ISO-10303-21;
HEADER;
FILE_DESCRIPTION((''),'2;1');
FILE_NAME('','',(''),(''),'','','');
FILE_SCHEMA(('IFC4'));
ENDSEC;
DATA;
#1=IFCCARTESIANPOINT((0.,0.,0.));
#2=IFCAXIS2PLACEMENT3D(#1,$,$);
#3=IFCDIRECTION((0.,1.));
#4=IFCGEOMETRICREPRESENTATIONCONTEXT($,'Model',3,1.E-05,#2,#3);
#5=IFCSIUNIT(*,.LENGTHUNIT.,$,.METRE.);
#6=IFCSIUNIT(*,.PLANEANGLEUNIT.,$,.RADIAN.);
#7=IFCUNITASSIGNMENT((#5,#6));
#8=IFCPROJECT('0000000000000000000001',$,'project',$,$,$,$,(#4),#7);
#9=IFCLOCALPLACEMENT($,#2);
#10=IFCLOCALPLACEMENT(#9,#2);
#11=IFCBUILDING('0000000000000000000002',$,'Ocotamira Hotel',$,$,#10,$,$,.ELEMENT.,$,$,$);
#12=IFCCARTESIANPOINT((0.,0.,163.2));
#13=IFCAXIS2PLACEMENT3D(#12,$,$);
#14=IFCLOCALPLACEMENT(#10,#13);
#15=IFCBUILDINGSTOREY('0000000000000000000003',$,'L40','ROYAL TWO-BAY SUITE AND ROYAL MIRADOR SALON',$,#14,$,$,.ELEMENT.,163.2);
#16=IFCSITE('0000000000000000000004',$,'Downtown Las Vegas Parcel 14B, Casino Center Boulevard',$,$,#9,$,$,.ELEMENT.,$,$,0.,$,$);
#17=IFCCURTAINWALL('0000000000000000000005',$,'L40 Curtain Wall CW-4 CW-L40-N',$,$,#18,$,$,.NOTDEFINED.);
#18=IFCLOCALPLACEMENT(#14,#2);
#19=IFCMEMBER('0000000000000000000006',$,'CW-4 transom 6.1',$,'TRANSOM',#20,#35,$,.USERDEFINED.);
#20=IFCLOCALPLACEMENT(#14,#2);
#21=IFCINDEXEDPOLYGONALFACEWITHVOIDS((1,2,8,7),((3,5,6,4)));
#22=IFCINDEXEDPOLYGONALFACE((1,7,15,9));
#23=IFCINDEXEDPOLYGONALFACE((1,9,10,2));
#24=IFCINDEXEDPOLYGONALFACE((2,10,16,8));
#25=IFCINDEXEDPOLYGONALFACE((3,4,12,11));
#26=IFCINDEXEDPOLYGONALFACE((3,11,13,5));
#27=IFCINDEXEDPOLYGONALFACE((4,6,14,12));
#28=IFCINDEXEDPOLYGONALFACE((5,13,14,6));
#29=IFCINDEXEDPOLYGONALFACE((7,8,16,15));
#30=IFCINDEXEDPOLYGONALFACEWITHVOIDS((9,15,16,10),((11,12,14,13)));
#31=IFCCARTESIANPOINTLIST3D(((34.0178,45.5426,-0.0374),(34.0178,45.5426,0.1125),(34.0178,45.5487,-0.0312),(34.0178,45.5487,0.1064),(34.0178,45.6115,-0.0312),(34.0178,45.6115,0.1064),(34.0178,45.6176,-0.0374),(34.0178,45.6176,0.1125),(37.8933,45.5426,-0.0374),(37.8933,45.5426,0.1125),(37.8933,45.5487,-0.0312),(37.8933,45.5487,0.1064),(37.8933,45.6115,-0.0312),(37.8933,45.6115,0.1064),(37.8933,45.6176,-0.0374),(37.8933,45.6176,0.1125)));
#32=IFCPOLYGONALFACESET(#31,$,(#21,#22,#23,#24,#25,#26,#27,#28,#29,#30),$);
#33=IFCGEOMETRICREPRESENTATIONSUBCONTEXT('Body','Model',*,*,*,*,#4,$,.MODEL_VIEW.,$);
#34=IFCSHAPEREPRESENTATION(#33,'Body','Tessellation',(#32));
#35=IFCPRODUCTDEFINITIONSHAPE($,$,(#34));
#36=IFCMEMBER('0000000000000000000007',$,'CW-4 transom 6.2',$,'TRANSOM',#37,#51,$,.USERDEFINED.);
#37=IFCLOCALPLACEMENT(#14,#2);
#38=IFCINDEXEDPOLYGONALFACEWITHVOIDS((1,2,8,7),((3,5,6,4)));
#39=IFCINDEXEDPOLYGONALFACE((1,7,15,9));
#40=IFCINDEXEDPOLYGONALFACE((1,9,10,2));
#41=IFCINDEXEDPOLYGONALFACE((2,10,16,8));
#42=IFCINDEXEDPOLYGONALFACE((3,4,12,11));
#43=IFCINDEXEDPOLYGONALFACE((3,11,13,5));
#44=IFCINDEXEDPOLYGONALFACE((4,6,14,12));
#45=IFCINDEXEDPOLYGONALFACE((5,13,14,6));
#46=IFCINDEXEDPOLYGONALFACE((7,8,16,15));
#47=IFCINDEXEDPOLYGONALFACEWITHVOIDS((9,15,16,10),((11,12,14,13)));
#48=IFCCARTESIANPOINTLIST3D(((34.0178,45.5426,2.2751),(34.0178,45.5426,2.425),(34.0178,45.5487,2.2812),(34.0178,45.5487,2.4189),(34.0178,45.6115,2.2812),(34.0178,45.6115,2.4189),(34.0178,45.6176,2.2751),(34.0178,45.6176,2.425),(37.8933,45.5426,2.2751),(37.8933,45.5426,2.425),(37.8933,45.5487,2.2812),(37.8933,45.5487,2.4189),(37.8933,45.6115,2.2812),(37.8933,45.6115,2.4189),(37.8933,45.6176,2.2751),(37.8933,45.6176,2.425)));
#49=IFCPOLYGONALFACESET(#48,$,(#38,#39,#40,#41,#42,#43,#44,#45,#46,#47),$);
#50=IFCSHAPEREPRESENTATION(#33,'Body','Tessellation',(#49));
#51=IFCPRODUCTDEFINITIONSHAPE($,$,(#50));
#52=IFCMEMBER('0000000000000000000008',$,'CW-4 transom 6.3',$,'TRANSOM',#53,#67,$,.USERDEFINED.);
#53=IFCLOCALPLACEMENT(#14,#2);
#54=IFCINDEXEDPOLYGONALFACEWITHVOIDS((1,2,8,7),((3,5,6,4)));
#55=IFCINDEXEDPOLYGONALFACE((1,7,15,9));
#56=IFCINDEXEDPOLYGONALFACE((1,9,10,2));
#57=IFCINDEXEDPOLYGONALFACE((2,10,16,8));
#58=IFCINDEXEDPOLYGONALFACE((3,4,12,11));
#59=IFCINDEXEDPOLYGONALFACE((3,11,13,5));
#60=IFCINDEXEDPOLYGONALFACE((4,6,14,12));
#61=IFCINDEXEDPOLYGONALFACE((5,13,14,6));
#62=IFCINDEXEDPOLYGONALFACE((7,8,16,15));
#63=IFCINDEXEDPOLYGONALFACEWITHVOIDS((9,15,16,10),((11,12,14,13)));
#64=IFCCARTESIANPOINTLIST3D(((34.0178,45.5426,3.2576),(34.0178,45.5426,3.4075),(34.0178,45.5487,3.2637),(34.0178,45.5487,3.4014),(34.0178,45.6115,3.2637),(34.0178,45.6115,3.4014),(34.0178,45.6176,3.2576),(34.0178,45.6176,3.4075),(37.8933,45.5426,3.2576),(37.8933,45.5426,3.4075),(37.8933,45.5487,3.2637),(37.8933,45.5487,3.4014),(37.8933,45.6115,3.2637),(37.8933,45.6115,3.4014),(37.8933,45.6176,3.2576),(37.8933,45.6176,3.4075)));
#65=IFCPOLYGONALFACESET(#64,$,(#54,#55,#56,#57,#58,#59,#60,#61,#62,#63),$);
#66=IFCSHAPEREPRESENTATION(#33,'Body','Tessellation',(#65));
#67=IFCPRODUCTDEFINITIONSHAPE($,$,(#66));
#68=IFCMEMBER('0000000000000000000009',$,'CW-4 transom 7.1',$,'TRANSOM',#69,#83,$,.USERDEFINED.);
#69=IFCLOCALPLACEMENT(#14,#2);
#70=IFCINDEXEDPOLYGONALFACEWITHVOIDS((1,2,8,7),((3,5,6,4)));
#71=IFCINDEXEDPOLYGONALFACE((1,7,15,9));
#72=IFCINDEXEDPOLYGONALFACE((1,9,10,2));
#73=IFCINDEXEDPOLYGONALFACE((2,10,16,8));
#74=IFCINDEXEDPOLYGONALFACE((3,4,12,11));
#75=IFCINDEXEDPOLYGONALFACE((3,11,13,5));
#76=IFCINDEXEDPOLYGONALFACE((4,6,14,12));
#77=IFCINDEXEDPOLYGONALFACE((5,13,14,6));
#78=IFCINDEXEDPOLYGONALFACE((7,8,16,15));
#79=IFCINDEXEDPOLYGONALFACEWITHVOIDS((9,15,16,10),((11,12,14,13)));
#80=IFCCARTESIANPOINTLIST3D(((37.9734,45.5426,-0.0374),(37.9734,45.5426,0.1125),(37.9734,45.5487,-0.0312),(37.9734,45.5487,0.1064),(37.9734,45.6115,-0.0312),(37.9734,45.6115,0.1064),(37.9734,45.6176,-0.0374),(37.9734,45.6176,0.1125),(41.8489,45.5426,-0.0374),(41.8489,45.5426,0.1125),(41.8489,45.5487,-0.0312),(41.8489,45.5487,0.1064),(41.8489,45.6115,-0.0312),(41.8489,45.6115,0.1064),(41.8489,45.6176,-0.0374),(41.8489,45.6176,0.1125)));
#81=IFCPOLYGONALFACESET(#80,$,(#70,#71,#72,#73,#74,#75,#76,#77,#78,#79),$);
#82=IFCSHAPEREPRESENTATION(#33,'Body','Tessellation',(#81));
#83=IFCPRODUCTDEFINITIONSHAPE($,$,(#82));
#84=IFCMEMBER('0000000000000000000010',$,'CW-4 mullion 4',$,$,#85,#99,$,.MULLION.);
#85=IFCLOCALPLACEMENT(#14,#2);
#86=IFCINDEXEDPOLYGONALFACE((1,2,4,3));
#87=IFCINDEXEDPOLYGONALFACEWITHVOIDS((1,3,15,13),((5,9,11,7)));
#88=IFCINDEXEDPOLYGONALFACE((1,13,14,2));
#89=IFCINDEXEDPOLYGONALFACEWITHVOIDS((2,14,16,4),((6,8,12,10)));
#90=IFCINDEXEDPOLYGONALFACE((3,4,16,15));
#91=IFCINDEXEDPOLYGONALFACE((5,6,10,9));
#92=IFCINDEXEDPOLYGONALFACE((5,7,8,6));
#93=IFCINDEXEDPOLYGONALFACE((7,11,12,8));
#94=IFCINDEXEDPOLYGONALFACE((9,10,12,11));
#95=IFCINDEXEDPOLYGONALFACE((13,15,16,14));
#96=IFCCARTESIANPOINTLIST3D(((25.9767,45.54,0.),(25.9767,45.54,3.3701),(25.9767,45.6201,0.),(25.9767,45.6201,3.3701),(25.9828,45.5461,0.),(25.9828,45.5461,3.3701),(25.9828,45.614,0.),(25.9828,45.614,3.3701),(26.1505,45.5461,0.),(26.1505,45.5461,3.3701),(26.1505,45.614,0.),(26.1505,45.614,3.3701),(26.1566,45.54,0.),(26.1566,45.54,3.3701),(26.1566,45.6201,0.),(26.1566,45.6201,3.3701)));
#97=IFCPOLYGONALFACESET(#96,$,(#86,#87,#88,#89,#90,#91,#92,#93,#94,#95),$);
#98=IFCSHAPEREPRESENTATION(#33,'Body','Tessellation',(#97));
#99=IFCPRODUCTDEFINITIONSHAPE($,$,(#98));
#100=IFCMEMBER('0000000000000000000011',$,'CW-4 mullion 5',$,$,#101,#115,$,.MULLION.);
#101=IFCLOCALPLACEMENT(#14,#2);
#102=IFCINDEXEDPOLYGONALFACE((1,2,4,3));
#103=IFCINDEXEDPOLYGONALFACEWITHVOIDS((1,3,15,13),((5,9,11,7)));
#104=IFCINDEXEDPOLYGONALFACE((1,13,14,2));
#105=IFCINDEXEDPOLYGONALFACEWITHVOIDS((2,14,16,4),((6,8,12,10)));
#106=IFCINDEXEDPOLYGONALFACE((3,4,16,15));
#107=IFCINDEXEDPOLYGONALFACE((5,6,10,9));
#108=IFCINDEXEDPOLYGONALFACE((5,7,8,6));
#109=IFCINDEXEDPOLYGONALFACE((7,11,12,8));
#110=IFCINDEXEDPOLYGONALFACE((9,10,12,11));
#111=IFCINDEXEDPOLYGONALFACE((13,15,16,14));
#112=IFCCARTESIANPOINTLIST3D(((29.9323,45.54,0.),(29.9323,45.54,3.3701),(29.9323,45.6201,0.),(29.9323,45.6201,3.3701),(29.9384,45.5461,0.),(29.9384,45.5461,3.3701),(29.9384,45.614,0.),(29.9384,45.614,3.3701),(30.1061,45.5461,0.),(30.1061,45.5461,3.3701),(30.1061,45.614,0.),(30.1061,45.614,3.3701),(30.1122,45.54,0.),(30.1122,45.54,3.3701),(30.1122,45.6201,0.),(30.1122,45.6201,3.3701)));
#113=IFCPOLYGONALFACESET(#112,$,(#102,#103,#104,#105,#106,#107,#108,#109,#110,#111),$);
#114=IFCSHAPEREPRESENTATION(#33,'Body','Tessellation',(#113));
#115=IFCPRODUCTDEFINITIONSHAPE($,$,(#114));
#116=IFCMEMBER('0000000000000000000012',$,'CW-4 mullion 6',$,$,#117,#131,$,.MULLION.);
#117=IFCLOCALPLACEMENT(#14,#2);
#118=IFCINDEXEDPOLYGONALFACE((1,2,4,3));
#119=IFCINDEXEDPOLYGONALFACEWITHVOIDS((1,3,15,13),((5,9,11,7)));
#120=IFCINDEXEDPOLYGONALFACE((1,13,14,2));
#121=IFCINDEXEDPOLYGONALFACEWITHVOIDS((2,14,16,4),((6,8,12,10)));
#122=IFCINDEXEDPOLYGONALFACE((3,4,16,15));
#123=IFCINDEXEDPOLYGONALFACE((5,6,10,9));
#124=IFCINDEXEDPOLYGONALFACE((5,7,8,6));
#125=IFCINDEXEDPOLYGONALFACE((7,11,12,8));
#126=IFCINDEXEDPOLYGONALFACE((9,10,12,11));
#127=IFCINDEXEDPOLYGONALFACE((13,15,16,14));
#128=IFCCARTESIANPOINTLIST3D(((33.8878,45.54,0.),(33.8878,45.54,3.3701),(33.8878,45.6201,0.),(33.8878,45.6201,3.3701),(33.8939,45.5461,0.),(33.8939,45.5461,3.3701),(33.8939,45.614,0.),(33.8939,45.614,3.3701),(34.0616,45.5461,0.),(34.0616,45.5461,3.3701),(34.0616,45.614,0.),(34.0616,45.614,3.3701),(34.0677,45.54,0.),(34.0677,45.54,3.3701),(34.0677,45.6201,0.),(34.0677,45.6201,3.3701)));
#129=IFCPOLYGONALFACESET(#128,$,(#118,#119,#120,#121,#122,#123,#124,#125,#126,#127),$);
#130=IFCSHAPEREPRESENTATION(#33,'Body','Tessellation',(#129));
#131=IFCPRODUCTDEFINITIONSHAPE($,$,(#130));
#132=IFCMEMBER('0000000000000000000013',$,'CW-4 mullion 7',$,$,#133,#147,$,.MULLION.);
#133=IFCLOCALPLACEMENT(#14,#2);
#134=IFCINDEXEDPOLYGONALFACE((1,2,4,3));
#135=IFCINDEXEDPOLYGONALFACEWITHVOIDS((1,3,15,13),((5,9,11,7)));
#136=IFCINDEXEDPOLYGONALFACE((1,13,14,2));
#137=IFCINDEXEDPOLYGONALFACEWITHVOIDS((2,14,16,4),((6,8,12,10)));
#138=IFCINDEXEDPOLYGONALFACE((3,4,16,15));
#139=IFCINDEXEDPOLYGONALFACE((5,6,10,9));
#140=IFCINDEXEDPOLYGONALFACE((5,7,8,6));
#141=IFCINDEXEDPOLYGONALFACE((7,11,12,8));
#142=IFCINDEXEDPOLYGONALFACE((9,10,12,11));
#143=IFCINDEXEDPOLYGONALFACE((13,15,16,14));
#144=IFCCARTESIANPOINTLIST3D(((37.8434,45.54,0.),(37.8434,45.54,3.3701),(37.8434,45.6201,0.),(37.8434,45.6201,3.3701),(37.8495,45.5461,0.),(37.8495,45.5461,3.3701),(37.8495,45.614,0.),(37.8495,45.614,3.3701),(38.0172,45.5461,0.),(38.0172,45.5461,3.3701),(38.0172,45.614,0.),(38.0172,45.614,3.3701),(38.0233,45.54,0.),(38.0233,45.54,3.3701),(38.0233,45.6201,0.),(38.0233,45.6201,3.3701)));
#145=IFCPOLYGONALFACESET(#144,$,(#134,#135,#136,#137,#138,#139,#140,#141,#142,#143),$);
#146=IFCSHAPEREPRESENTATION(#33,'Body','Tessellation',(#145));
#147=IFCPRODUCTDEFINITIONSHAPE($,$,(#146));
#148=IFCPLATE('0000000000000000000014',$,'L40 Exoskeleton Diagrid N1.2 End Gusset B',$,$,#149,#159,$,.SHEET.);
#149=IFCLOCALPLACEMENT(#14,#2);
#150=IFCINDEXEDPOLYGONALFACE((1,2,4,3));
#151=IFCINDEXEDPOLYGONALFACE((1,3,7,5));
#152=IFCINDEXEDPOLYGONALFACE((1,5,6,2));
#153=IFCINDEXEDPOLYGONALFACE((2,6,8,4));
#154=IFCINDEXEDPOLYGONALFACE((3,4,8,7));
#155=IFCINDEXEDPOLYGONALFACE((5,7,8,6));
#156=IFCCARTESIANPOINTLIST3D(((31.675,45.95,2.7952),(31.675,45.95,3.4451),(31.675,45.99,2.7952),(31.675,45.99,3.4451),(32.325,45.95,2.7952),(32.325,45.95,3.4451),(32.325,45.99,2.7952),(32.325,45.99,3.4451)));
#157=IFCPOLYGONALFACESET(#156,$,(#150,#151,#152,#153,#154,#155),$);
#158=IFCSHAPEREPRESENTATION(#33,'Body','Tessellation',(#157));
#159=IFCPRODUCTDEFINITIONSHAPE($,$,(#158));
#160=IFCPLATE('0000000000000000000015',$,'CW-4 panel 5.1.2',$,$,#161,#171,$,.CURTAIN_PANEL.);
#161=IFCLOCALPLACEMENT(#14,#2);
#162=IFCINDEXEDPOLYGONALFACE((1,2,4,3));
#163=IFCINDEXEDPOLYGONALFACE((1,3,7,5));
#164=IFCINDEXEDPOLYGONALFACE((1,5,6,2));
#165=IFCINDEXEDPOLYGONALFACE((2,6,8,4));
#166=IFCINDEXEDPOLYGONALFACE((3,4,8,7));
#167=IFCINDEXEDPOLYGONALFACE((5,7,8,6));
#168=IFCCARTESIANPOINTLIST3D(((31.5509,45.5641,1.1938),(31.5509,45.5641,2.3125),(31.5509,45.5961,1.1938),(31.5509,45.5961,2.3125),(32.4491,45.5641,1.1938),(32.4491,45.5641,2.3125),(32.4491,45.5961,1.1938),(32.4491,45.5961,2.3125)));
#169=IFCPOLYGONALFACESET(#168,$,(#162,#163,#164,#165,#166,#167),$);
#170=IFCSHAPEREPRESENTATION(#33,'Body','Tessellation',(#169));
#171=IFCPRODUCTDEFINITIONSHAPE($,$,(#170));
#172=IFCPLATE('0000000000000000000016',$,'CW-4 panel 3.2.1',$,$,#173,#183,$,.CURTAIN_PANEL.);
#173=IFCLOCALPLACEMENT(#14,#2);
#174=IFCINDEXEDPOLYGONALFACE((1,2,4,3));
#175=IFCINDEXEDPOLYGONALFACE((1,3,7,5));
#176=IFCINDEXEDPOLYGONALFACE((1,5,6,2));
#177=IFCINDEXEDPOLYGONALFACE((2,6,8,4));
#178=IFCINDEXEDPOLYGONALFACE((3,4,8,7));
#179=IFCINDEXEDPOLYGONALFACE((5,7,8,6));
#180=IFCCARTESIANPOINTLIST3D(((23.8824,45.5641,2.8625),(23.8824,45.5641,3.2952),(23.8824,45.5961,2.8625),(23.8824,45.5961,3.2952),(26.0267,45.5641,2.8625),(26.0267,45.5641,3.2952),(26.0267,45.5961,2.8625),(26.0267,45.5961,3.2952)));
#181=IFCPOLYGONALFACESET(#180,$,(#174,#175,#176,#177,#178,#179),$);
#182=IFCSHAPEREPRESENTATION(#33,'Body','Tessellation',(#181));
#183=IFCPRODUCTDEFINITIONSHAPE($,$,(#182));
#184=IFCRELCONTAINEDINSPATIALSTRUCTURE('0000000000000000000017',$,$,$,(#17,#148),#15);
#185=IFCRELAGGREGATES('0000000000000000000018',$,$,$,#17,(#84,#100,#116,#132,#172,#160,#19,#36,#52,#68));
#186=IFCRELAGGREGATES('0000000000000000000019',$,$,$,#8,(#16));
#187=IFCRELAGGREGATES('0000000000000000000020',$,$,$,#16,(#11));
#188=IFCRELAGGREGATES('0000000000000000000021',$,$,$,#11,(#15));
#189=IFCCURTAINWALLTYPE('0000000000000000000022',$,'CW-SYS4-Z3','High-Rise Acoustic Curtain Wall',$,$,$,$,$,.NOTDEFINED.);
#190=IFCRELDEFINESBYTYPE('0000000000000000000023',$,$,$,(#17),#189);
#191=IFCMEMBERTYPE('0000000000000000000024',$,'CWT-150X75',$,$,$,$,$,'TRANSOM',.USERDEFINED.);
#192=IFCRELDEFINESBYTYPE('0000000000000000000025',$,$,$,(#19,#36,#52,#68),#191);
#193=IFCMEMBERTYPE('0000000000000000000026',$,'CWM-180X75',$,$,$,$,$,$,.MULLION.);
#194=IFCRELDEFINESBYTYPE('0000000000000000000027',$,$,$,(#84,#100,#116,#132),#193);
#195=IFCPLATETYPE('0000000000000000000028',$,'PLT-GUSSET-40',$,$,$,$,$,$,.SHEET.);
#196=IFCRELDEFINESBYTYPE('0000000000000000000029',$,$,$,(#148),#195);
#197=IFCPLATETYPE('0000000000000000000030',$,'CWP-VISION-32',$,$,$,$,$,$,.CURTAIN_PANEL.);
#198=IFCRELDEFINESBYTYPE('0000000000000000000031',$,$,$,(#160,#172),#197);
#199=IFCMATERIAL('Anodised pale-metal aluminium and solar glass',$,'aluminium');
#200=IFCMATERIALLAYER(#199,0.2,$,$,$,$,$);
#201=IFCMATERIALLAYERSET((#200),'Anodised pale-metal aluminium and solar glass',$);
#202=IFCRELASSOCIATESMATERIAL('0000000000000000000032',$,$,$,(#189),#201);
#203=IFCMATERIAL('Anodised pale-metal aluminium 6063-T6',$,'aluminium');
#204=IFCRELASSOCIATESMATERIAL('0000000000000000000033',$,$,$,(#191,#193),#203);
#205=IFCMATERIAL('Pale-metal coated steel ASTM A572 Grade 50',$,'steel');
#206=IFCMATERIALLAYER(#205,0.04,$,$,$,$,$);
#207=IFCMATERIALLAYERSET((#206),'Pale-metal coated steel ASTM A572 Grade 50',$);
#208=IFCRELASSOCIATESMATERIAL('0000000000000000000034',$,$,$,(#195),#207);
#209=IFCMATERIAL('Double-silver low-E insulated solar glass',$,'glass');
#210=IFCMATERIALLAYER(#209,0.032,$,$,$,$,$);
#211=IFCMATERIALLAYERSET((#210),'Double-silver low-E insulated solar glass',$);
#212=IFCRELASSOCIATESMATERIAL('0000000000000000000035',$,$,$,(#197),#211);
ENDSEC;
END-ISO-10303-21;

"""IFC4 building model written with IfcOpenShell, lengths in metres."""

from ifc_helpers import new_model, si_unit, direction, frame, origin, origin_2d, place, context, subcontext, project, spatial, rectangle, hollow_rectangle, extrude, source, transform, mapped, material, layer, layer_set, material_profile, profile_set, type_object, element, aggregate, save


model = new_model("IFC4")

# Units and contexts
model_context = context("Model", 3, precision=1e-05, world=origin(), true_north=direction((0.0, 1.0)))
body_context = subcontext(model_context, "Body", "Model", "MODEL_VIEW")
ifc_project = project(units=[si_unit("LENGTHUNIT", "METRE"), si_unit("PLANEANGLEUNIT", "RADIAN")], contexts=[model_context])

# Site, building, storey
site_placement = place(None, origin())
site = spatial("IfcSite", under=ifc_project, at=site_placement, Name="Downtown Las Vegas Parcel 14B, Casino Center Boulevard", CompositionType="ELEMENT", RefElevation=0.0)
building_placement = place(site_placement, origin())
building = spatial("IfcBuilding", under=site, at=building_placement, Name="Ocotamira Hotel", CompositionType="ELEMENT")
storey_placement = place(building_placement, frame((0.0, 0.0, 163.2)))
storey = spatial("IfcBuildingStorey", under=building, at=storey_placement, Name="L40", Description="ROYAL TWO-BAY SUITE AND ROYAL MIRADOR SALON", CompositionType="ELEMENT", Elevation=163.2)

# Curtain wall, members
ifc_material_1 = material(Name="Anodised pale-metal aluminium and solar glass", Category="aluminium")
ifc_layer_1 = layer(ifc_material_1, 0.2)
ifc_layer_set_1 = layer_set([ifc_layer_1], Name="Anodised pale-metal aluminium and solar glass")
curtain_wall_type = type_object("IfcCurtainWallType", Name="CW-SYS4-Z3", Description="High-Rise Acoustic Curtain Wall", PredefinedType="NOTDEFINED", material=ifc_layer_set_1)
curtain_wall_placement = place(storey_placement, origin())
curtain_wall = element("IfcCurtainWall", 1, at=curtain_wall_placement, inside=storey, type_object=curtain_wall_type, Name="L40 Curtain Wall CW-4 CW-L40-N", PredefinedType="NOTDEFINED")
ifc_material_2 = material(Name="Anodised pale-metal aluminium 6063-T6", Category="aluminium")
ifc_material_profile_1 = material_profile(ifc_material_2, hollow_rectangle(XDim=0.075, YDim=0.1499, WallThickness=0.0061, at=origin_2d()), Name="HSS150X75X6")
ifc_profile_set_1 = profile_set([ifc_material_profile_1], Name="Anodised pale-metal aluminium 6063-T6")
member_type_1 = type_object("IfcMemberType", Name="CWT-150X75", ElementType="TRANSOM", PredefinedType="USERDEFINED", material=ifc_profile_set_1)
shared_shape_1 = source(origin(), body_context, "Body", "SweptSolid", [
    extrude(hollow_rectangle(XDim=0.075, YDim=0.1499, WallThickness=0.0061, at=origin_2d()), origin(), (0.0, 0.0, 1.0), 3.8755),
])
member_1_placement = place(storey_placement, frame((34.0178, 45.5801, 0.0376), z_axis=(1.0, 0.0, 0.0), x_axis=(0.0, 1.0, 0.0)))
member_1 = element("IfcMember", 2, at=member_1_placement, type_object=member_type_1, Name="CW-4 transom 6.1", ObjectType="TRANSOM", PredefinedType="USERDEFINED", context=body_context, shape_type="MappedRepresentation", body=[
    mapped(shared_shape_1, transform((0.0, 0.0, 0.0), scale=1.0)),
])
member_2_placement = place(storey_placement, frame((34.0178, 45.5801, 2.3501), z_axis=(1.0, 0.0, 0.0), x_axis=(0.0, 1.0, 0.0)))
member_2 = element("IfcMember", 3, at=member_2_placement, type_object=member_type_1, Name="CW-4 transom 6.2", ObjectType="TRANSOM", PredefinedType="USERDEFINED", context=body_context, shape_type="MappedRepresentation", body=[
    mapped(shared_shape_1, transform((0.0, 0.0, 0.0), scale=1.0)),
])
member_3_placement = place(storey_placement, frame((34.0178, 45.5801, 3.3325), z_axis=(1.0, 0.0, 0.0), x_axis=(0.0, 1.0, 0.0)))
member_3 = element("IfcMember", 4, at=member_3_placement, type_object=member_type_1, Name="CW-4 transom 6.3", ObjectType="TRANSOM", PredefinedType="USERDEFINED", context=body_context, shape_type="MappedRepresentation", body=[
    mapped(shared_shape_1, transform((0.0, 0.0, 0.0), scale=1.0)),
])
member_4_placement = place(storey_placement, frame((37.9734, 45.5801, 0.0376), z_axis=(1.0, 0.0, 0.0), x_axis=(0.0, 1.0, 0.0)))
member_4 = element("IfcMember", 5, at=member_4_placement, type_object=member_type_1, Name="CW-4 transom 7.1", ObjectType="TRANSOM", PredefinedType="USERDEFINED", context=body_context, shape_type="MappedRepresentation", body=[
    mapped(shared_shape_1, transform((0.0, 0.0, 0.0), scale=1.0)),
])
ifc_material_profile_2 = material_profile(ifc_material_2, hollow_rectangle(XDim=0.0801, YDim=0.1799, WallThickness=0.0061, at=origin_2d()), Name="HSS180X80X6")
ifc_profile_set_2 = profile_set([ifc_material_profile_2], Name="Anodised pale-metal aluminium 6063-T6")
member_type_2 = type_object("IfcMemberType", Name="CWM-180X75", PredefinedType="MULLION", material=ifc_profile_set_2)
shared_shape_2 = source(origin(), body_context, "Body", "SweptSolid", [
    extrude(hollow_rectangle(XDim=0.0801, YDim=0.1799, WallThickness=0.0061, at=origin_2d()), origin(), (0.0, 0.0, 1.0), 3.3701),
])
member_5_placement = place(storey_placement, frame((26.0667, 45.5801, 0.0), z_axis=(0.0, 0.0, 1.0), x_axis=(0.0, 1.0, 0.0)))
member_5 = element("IfcMember", 6, at=member_5_placement, type_object=member_type_2, Name="CW-4 mullion 4", PredefinedType="MULLION", context=body_context, shape_type="MappedRepresentation", body=[
    mapped(shared_shape_2, transform((0.0, 0.0, 0.0), scale=1.0)),
])
member_6_placement = place(storey_placement, frame((30.0222, 45.5801, 0.0), z_axis=(0.0, 0.0, 1.0), x_axis=(0.0, 1.0, 0.0)))
member_6 = element("IfcMember", 7, at=member_6_placement, type_object=member_type_2, Name="CW-4 mullion 5", PredefinedType="MULLION", context=body_context, shape_type="MappedRepresentation", body=[
    mapped(shared_shape_2, transform((0.0, 0.0, 0.0), scale=1.0)),
])
member_7_placement = place(storey_placement, frame((33.9778, 45.5801, 0.0), z_axis=(0.0, 0.0, 1.0), x_axis=(0.0, 1.0, 0.0)))
member_7 = element("IfcMember", 8, at=member_7_placement, type_object=member_type_2, Name="CW-4 mullion 6", PredefinedType="MULLION", context=body_context, shape_type="MappedRepresentation", body=[
    mapped(shared_shape_2, transform((0.0, 0.0, 0.0), scale=1.0)),
])
member_8_placement = place(storey_placement, frame((37.9333, 45.5801, 0.0), z_axis=(0.0, 0.0, 1.0), x_axis=(0.0, 1.0, 0.0)))
member_8 = element("IfcMember", 9, at=member_8_placement, type_object=member_type_2, Name="CW-4 mullion 7", PredefinedType="MULLION", context=body_context, shape_type="MappedRepresentation", body=[
    mapped(shared_shape_2, transform((0.0, 0.0, 0.0), scale=1.0)),
])

# Plates
ifc_material_3 = material(Name="Pale-metal coated steel ASTM A572 Grade 50", Category="steel")
ifc_layer_2 = layer(ifc_material_3, 0.04)
ifc_layer_set_2 = layer_set([ifc_layer_2], Name="Pale-metal coated steel ASTM A572 Grade 50")
plate_type_1 = type_object("IfcPlateType", Name="PLT-GUSSET-40", PredefinedType="SHEET", material=ifc_layer_set_2)
shared_shape_3 = source(origin(), body_context, "Body", "SweptSolid", [
    extrude(rectangle(XDim=0.6499, YDim=0.04, at=origin_2d()), origin(), (0.0, 0.0, 1.0), 0.6499),
])
plate_1_placement = place(storey_placement, frame((32.0, 45.97, 2.7952), z_axis=(0.0, 0.0, 1.0), x_axis=(1.0, 0.0, 0.0)))
element("IfcPlate", 10, at=plate_1_placement, inside=storey, type_object=plate_type_1, Name="L40 Exoskeleton Diagrid N1.2 End Gusset B", PredefinedType="SHEET", context=body_context, shape_type="MappedRepresentation", body=[
    mapped(shared_shape_3, transform((0.0, 0.0, 0.0), scale=1.0)),
])
ifc_material_4 = material(Name="Double-silver low-E insulated solar glass", Category="glass")
ifc_layer_3 = layer(ifc_material_4, 0.032)
ifc_layer_set_3 = layer_set([ifc_layer_3], Name="Double-silver low-E insulated solar glass")
plate_type_2 = type_object("IfcPlateType", Name="CWP-VISION-32", PredefinedType="CURTAIN_PANEL", material=ifc_layer_set_3)
shared_shape_4 = source(origin(), body_context, "Body", "SweptSolid", [
    extrude(rectangle(XDim=0.8982, YDim=0.032, at=origin_2d()), origin(), (0.0, 0.0, 1.0), 1.1187),
])
plate_2_placement = place(storey_placement, frame((32.0, 45.5801, 1.1938), z_axis=(0.0, 0.0, 1.0), x_axis=(1.0, 0.0, 0.0)))
plate_2 = element("IfcPlate", 11, at=plate_2_placement, type_object=plate_type_2, Name="CW-4 panel 5.1.2", PredefinedType="CURTAIN_PANEL", context=body_context, shape_type="MappedRepresentation", body=[
    mapped(shared_shape_4, transform((0.0, 0.0, 0.0), scale=1.0)),
])
shared_shape_5 = source(origin(), body_context, "Body", "SweptSolid", [
    extrude(rectangle(XDim=2.1443, YDim=0.032, at=origin_2d()), origin(), (0.0, 0.0, 1.0), 0.4326),
])
plate_3_placement = place(storey_placement, frame((24.9546, 45.5801, 2.8625), z_axis=(0.0, 0.0, 1.0), x_axis=(1.0, 0.0, 0.0)))
plate_3 = element("IfcPlate", 12, at=plate_3_placement, type_object=plate_type_2, Name="CW-4 panel 3.2.1", PredefinedType="CURTAIN_PANEL", context=body_context, shape_type="MappedRepresentation", body=[
    mapped(shared_shape_5, transform((0.0, 0.0, 0.0), scale=1.0)),
])
aggregate(curtain_wall, [member_5, member_6, member_7, member_8, plate_3, plate_2, member_1, member_2, member_3, member_4])

save(model, "model.ifc")
